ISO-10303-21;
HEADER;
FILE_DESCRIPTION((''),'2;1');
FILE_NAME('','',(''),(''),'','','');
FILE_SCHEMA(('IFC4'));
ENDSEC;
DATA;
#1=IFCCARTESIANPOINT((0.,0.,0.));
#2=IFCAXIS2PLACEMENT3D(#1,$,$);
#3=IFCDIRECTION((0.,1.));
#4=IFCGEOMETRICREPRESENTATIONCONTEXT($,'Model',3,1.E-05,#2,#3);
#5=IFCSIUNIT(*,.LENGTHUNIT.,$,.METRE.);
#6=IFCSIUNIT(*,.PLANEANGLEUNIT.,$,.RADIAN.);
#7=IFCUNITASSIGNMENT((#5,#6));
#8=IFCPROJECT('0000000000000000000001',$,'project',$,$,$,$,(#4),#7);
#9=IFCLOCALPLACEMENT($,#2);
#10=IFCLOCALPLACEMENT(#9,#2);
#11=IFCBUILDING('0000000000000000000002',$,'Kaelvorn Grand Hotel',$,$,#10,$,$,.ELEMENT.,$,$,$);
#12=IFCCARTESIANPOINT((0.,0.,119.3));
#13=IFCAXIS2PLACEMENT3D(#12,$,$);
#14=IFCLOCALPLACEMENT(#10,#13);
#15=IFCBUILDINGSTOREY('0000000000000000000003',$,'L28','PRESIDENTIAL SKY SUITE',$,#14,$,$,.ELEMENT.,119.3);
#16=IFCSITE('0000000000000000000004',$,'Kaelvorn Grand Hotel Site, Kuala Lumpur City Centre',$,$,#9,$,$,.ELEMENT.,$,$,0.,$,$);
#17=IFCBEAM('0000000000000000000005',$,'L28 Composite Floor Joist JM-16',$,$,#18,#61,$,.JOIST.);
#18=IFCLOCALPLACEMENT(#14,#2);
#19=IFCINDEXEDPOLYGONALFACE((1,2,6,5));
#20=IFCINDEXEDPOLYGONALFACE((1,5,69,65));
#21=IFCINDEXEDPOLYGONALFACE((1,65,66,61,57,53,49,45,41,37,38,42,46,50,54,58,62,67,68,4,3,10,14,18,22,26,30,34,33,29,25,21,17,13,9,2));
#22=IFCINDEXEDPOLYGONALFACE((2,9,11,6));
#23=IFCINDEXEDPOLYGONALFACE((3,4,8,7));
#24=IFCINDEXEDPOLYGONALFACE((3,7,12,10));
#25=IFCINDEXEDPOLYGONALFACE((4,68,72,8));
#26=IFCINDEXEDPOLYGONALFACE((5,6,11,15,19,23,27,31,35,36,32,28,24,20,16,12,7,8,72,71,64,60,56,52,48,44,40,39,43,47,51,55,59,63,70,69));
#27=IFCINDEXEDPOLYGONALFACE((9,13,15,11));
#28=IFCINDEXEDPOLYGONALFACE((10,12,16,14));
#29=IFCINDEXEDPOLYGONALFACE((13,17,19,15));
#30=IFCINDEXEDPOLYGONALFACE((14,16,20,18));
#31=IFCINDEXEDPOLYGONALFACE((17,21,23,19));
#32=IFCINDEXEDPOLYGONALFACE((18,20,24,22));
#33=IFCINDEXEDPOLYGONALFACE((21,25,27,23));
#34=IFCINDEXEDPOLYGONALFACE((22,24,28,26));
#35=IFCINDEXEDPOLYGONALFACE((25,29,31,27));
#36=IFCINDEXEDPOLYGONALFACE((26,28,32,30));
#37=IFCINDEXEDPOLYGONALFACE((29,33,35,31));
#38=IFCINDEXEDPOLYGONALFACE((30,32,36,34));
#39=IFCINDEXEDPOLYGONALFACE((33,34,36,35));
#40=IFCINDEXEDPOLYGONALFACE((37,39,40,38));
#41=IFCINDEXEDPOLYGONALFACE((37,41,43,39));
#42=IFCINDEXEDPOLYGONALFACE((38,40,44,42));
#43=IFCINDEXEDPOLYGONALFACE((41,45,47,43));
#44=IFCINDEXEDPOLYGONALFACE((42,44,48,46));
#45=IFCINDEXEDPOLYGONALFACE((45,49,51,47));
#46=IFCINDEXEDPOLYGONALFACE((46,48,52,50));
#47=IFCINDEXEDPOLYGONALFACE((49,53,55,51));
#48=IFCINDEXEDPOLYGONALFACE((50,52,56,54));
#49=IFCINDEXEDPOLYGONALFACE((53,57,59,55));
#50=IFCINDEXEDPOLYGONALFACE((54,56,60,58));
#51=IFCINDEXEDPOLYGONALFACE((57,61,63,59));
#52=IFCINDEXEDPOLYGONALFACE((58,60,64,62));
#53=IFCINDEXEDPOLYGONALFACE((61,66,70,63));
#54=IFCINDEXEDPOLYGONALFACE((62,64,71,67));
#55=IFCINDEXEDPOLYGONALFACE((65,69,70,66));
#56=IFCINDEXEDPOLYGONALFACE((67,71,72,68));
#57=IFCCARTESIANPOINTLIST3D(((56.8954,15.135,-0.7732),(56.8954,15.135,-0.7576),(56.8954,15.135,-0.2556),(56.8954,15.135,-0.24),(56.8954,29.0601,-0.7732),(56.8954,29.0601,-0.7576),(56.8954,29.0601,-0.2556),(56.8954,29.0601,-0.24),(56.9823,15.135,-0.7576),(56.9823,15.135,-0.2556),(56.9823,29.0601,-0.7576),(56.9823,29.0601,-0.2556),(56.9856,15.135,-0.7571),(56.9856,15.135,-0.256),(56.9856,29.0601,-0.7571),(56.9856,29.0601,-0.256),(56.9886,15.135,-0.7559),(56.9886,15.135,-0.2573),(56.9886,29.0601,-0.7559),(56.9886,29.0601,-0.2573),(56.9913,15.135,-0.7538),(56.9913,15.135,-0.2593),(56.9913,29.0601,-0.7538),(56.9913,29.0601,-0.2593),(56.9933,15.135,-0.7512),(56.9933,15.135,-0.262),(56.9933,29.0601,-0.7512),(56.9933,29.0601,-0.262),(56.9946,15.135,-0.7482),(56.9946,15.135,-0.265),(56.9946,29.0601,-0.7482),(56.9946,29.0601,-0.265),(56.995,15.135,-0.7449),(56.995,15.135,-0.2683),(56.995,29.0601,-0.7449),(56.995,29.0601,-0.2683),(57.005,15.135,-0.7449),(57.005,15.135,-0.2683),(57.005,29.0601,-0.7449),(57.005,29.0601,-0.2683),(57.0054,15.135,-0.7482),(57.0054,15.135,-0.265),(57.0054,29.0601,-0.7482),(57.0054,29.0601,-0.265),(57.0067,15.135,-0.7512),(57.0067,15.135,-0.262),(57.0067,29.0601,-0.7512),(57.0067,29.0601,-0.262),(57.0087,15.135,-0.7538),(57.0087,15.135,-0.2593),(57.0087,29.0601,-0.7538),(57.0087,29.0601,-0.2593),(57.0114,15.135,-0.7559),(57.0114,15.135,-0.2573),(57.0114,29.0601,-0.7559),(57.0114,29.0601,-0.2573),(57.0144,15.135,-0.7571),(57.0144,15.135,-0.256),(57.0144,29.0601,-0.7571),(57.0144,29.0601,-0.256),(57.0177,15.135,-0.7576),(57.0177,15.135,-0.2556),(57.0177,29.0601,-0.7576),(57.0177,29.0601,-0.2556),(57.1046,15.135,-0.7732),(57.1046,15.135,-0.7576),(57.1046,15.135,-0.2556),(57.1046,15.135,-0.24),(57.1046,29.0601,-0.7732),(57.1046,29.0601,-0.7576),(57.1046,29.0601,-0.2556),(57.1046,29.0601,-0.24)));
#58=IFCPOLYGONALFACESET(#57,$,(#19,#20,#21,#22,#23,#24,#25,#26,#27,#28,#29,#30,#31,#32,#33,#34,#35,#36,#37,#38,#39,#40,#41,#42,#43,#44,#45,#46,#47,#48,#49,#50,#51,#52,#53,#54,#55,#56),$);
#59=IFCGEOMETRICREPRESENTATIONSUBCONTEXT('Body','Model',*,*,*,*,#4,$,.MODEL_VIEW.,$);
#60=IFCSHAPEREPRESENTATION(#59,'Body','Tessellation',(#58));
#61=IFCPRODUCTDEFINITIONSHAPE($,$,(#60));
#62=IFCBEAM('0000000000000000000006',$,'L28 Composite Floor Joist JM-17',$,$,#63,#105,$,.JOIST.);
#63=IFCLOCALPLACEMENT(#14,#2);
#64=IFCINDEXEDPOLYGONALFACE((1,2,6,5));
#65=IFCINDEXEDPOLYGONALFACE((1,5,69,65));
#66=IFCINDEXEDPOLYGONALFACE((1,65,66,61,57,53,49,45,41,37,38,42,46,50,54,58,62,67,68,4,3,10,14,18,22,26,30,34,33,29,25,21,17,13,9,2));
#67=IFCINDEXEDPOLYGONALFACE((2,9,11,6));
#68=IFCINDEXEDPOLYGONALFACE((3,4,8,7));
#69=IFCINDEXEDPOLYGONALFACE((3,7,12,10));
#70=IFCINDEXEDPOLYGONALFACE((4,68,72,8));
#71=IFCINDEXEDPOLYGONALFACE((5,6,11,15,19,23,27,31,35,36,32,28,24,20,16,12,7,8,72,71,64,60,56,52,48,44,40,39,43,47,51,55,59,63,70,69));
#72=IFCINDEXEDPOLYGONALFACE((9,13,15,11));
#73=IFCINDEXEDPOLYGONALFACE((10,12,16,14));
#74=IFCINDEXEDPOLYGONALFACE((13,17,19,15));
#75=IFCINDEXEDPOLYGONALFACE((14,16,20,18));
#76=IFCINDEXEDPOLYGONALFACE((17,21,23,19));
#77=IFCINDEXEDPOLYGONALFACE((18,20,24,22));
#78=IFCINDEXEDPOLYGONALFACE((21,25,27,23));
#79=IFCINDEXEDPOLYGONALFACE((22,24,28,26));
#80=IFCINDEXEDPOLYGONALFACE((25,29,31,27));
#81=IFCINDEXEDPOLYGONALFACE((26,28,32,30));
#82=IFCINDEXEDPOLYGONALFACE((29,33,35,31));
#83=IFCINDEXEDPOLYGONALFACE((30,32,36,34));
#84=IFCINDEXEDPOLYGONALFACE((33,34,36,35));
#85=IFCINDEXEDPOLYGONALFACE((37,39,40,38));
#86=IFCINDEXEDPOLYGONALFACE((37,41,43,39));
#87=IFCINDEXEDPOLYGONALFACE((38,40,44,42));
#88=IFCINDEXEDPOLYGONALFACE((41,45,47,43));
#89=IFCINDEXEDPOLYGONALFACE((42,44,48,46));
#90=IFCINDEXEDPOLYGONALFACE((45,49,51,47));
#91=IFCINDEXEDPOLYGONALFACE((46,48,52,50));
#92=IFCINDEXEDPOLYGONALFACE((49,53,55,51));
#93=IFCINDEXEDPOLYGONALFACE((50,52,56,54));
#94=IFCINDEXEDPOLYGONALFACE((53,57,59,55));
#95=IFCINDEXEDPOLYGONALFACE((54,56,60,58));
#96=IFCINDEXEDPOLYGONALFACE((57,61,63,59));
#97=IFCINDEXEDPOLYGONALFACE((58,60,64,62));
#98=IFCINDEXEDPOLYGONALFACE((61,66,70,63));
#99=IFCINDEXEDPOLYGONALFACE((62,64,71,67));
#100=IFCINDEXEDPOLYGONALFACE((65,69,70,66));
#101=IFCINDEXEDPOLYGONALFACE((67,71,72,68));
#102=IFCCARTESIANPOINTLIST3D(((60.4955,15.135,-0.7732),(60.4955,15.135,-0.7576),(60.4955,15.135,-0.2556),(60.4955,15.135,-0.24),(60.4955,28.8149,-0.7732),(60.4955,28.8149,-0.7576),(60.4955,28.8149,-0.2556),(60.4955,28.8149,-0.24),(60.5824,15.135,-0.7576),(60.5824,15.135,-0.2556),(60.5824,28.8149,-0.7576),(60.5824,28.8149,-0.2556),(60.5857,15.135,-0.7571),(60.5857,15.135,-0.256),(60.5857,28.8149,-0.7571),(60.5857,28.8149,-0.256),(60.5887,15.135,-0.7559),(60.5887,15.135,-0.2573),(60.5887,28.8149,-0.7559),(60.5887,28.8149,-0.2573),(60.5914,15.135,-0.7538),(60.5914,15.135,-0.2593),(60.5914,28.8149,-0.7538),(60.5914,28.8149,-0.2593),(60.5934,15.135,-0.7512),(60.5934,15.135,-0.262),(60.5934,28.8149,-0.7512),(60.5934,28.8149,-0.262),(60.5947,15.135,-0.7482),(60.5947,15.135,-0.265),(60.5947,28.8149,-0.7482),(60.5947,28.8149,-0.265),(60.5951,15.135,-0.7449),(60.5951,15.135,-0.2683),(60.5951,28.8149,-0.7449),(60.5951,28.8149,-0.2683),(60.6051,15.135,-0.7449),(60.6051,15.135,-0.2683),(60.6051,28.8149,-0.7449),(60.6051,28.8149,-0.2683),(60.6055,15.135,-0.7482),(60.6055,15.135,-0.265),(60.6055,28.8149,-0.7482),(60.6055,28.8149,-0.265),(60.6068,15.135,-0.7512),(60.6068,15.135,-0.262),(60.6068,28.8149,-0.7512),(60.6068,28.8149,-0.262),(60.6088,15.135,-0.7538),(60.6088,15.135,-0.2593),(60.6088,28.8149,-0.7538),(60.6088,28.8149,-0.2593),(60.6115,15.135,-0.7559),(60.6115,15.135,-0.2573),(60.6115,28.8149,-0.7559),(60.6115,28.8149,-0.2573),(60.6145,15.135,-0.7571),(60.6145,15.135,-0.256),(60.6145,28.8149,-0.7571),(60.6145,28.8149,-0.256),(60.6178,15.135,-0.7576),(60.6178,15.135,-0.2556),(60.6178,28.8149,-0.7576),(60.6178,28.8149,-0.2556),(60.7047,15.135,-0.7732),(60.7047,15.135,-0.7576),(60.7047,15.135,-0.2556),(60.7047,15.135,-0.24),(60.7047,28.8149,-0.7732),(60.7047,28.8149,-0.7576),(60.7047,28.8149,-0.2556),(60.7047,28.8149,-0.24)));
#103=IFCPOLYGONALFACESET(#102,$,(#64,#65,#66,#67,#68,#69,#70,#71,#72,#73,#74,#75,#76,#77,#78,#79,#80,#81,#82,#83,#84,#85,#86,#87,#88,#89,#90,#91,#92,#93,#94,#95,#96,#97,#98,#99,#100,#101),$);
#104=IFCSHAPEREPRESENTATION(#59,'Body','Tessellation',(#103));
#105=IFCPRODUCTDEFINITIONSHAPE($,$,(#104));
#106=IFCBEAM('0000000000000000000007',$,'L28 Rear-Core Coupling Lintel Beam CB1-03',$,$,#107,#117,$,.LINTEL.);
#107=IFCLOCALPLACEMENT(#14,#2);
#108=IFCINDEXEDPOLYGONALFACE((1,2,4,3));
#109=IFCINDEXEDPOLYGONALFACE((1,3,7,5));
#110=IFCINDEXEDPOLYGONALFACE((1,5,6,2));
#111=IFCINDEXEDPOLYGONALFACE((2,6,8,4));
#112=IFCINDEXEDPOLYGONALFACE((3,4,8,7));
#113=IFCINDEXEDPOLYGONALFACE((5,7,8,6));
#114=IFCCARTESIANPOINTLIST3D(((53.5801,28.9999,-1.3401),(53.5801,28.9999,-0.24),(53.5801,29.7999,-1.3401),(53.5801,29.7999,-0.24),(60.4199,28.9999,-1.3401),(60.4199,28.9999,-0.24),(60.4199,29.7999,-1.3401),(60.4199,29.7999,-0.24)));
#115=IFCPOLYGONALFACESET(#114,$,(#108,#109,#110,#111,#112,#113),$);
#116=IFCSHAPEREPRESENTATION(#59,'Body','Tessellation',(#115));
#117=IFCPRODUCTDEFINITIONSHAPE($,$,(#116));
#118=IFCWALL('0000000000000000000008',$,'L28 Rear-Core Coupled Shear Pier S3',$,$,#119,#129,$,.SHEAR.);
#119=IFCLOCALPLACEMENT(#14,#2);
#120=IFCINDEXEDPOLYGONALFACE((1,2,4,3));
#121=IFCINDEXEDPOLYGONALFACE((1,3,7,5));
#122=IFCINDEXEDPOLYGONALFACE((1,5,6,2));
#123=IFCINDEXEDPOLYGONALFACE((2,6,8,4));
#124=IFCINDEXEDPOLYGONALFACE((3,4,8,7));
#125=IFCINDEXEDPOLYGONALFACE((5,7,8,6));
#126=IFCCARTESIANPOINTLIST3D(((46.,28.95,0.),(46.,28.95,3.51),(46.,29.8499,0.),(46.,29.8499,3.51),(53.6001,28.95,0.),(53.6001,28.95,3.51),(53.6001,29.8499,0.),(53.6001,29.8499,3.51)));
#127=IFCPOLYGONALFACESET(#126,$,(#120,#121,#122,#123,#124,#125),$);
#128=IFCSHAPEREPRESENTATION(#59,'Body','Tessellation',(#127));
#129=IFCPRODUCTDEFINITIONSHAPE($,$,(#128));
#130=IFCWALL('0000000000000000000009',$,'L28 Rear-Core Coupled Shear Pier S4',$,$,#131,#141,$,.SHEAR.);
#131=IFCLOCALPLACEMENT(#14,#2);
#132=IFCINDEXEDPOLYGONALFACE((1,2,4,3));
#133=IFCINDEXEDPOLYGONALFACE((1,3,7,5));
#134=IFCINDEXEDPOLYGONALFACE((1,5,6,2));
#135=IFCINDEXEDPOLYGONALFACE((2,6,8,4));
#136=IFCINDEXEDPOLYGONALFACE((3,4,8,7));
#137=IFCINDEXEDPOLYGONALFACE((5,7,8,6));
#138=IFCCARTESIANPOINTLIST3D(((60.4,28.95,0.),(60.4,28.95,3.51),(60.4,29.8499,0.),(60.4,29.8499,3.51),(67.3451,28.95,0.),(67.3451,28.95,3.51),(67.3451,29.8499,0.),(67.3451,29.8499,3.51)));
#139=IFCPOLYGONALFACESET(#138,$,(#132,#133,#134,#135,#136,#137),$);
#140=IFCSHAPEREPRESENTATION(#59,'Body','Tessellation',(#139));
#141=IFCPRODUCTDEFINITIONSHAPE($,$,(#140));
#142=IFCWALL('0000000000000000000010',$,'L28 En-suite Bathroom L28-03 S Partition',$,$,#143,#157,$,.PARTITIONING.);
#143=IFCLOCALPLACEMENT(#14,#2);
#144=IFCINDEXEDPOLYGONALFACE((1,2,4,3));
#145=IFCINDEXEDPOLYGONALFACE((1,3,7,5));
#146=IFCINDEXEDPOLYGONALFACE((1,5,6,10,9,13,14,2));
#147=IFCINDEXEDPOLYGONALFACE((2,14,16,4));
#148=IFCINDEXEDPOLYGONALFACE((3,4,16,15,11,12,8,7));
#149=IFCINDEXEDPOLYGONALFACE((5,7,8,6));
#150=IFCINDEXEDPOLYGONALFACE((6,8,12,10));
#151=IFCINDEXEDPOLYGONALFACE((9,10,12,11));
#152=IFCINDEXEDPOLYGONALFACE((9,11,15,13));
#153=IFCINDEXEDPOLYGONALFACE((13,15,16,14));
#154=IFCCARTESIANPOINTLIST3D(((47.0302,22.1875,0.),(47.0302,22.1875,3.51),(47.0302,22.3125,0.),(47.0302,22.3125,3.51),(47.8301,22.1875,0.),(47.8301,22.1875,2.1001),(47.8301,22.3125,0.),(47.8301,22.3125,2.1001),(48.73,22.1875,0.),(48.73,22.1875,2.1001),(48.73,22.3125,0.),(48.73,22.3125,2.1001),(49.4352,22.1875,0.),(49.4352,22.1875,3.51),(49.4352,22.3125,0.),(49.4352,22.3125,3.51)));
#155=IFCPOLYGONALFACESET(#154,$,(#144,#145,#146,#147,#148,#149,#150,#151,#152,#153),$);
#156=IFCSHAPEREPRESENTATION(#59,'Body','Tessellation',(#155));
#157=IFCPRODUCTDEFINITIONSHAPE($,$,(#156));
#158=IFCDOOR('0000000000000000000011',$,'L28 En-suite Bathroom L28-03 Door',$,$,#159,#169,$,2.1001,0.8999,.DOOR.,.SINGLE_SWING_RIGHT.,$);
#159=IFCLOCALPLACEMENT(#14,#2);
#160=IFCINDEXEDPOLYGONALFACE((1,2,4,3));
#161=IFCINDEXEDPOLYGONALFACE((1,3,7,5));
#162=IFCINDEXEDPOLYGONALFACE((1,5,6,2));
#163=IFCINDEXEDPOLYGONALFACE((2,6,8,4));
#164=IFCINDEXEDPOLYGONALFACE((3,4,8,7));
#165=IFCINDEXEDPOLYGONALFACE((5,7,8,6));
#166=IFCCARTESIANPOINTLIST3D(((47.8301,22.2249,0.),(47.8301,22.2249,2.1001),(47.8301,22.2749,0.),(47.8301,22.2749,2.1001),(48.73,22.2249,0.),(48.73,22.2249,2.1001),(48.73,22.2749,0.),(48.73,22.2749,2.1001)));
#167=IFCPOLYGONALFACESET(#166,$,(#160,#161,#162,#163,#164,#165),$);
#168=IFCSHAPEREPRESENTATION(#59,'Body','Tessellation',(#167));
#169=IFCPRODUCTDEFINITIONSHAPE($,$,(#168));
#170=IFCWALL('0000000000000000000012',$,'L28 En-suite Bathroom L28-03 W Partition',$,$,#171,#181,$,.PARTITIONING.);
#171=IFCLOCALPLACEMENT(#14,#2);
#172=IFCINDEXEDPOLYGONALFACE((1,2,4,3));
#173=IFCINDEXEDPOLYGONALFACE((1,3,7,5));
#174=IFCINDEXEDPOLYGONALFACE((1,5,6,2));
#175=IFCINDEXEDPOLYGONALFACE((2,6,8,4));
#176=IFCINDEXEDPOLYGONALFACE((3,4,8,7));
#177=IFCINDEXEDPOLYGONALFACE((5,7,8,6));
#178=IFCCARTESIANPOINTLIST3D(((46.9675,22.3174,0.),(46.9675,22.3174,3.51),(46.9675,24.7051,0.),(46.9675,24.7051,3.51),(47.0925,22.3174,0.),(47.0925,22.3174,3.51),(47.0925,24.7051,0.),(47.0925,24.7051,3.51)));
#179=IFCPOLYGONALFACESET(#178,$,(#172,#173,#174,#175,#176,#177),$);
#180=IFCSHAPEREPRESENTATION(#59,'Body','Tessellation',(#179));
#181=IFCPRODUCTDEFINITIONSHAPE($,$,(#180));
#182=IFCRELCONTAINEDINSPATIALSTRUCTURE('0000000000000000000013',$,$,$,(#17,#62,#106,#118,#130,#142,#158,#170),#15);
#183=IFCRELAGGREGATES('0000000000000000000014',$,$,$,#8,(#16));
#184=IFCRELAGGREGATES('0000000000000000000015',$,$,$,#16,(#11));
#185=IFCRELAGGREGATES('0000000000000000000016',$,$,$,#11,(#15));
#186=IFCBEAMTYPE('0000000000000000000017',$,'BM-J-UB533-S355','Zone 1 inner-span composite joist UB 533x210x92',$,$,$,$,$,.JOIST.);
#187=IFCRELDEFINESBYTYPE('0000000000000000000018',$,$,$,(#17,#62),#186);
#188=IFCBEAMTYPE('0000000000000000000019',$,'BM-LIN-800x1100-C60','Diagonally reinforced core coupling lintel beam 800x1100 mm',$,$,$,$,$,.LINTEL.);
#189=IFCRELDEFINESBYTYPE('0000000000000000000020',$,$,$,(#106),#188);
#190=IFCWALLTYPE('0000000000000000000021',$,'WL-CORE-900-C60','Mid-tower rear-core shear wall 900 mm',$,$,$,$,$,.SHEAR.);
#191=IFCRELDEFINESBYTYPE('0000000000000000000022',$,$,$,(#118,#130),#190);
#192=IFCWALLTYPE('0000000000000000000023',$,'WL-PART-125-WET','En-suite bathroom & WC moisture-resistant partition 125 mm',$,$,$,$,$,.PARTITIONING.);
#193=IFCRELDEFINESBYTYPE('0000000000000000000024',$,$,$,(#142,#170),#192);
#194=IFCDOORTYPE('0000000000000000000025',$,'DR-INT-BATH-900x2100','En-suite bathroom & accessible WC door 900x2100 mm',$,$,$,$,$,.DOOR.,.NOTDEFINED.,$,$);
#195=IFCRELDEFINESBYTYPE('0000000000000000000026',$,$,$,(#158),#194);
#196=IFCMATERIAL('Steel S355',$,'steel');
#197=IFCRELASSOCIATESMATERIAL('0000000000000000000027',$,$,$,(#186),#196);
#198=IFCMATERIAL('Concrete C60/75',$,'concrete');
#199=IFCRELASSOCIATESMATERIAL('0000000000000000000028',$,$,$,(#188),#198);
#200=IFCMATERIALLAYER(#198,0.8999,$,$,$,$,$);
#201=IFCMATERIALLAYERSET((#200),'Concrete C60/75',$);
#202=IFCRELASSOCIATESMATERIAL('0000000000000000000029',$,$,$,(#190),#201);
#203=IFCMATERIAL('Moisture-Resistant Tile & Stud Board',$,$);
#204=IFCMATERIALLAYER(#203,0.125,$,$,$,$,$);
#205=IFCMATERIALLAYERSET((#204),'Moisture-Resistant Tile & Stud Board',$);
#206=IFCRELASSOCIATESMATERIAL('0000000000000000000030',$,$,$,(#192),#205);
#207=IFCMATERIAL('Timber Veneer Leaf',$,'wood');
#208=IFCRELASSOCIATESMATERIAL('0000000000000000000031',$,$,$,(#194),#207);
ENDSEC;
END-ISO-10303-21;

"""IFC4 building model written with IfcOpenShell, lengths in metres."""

from ifc_helpers import new_model, si_unit, direction, frame, frame_2d, origin, origin_2d, place, context, subcontext, project, spatial, rectangle, i_section, extrude, material, layer, layer_set, material_profile, profile_set, type_object, element, fill, save


model = new_model("IFC4")

# Units and contexts
model_context = context("Model", 3, precision=1e-05, world=origin(), true_north=direction((0.0, 1.0)))
body_context = subcontext(model_context, "Body", "Model", "MODEL_VIEW")
ifc_project = project(units=[si_unit("LENGTHUNIT", "METRE"), si_unit("PLANEANGLEUNIT", "RADIAN")], contexts=[model_context])

# Site, building, storey
site_placement = place(None, origin())
site = spatial("IfcSite", under=ifc_project, at=site_placement, Name="Kaelvorn Grand Hotel Site, Kuala Lumpur City Centre", CompositionType="ELEMENT", RefElevation=0.0)
building_placement = place(site_placement, origin())
building = spatial("IfcBuilding", under=site, at=building_placement, Name="Kaelvorn Grand Hotel", CompositionType="ELEMENT")
storey_placement = place(building_placement, frame((0.0, 0.0, 119.3)))
storey = spatial("IfcBuildingStorey", under=building, at=storey_placement, Name="L28", Description="PRESIDENTIAL SKY SUITE", CompositionType="ELEMENT", Elevation=119.3)

# Shared definitions
ifc_material_1 = material(Name="Concrete C60/75", Category="concrete")

# Beams
ifc_material_2 = material(Name="Steel S355", Category="steel")
ifc_material_profile_1 = material_profile(ifc_material_2, i_section(OverallWidth=0.2092, OverallDepth=0.5332, WebThickness=0.01, FlangeThickness=0.0156, FilletRadius=0.0127, at=origin_2d()), Name="UB 533x210x92")
ifc_profile_set_1 = profile_set([ifc_material_profile_1], Name="Steel S355")
beam_type_1 = type_object("IfcBeamType", Name="BM-J-UB533-S355", Description="Zone 1 inner-span composite joist UB 533x210x92", PredefinedType="JOIST", material=ifc_profile_set_1)
beam_1_placement = place(storey_placement, frame((57.0, 15.135, -0.5066), z_axis=(0.0, 1.0, 0.0), x_axis=(-1.0, 0.0, 0.0)))
element("IfcBeam", 1, at=beam_1_placement, inside=storey, type_object=beam_type_1, Name="L28 Composite Floor Joist JM-16", PredefinedType="JOIST", context=body_context, shape_type="SweptSolid", body=[
    extrude(i_section(OverallWidth=0.2092, OverallDepth=0.5332, WebThickness=0.01, FlangeThickness=0.0156, FilletRadius=0.0127, at=origin_2d()), origin(), (0.0, 0.0, 1.0), 13.925),
])
beam_2_placement = place(storey_placement, frame((60.6001, 15.135, -0.5066), z_axis=(0.0, 1.0, 0.0), x_axis=(-1.0, 0.0, 0.0)))
element("IfcBeam", 2, at=beam_2_placement, inside=storey, type_object=beam_type_1, Name="L28 Composite Floor Joist JM-17", PredefinedType="JOIST", context=body_context, shape_type="SweptSolid", body=[
    extrude(i_section(OverallWidth=0.2092, OverallDepth=0.5332, WebThickness=0.01, FlangeThickness=0.0156, FilletRadius=0.0127, at=origin_2d()), origin(), (0.0, 0.0, 1.0), 13.6799),
])
ifc_material_profile_2 = material_profile(ifc_material_1, rectangle(XDim=0.8, YDim=1.1001, at=origin_2d()), Name="RC LINTEL 800x1100")
ifc_profile_set_2 = profile_set([ifc_material_profile_2], Name="Concrete C60/75")
beam_type_2 = type_object("IfcBeamType", Name="BM-LIN-800x1100-C60", Description="Diagonally reinforced core coupling lintel beam 800x1100 mm", PredefinedType="LINTEL", material=ifc_profile_set_2)
beam_3_placement = place(storey_placement, frame((53.5801, 29.3999, -0.79), z_axis=(1.0, 0.0, 0.0), x_axis=(0.0, 1.0, 0.0)))
element("IfcBeam", 3, at=beam_3_placement, inside=storey, type_object=beam_type_2, Name="L28 Rear-Core Coupling Lintel Beam CB1-03", PredefinedType="LINTEL", context=body_context, shape_type="SweptSolid", body=[
    extrude(rectangle(XDim=0.8, YDim=1.1001, at=origin_2d()), origin(), (0.0, 0.0, 1.0), 6.8398),
])

# Walls
ifc_layer_1 = layer(ifc_material_1, 0.8999)
ifc_layer_set_1 = layer_set([ifc_layer_1], Name="Concrete C60/75")
wall_type_1 = type_object("IfcWallType", Name="WL-CORE-900-C60", Description="Mid-tower rear-core shear wall 900 mm", PredefinedType="SHEAR", material=ifc_layer_set_1)
wall_1_placement = place(storey_placement, frame((46.0, 29.3999, 0.0), z_axis=(0.0, 0.0, 1.0), x_axis=(1.0, 0.0, 0.0)))
element("IfcWall", 4, at=wall_1_placement, inside=storey, type_object=wall_type_1, Name="L28 Rear-Core Coupled Shear Pier S3", PredefinedType="SHEAR", context=body_context, shape_type="SweptSolid", body=[
    extrude(rectangle(XDim=7.6001, YDim=0.8999, at=frame_2d((3.8, 0.0))), origin(), (0.0, 0.0, 1.0), 3.51),
])
wall_2_placement = place(storey_placement, frame((60.3999, 29.3999, 0.0), z_axis=(0.0, 0.0, 1.0), x_axis=(1.0, 0.0, 0.0)))
element("IfcWall", 5, at=wall_2_placement, inside=storey, type_object=wall_type_1, Name="L28 Rear-Core Coupled Shear Pier S4", PredefinedType="SHEAR", context=body_context, shape_type="SweptSolid", body=[
    extrude(rectangle(XDim=6.9451, YDim=0.8999, at=frame_2d((3.4727, 0.0))), origin(), (0.0, 0.0, 1.0), 3.51),
])

# Wall, opening, door
ifc_material_3 = material(Name="Moisture-Resistant Tile & Stud Board")
ifc_layer_2 = layer(ifc_material_3, 0.125)
ifc_layer_set_2 = layer_set([ifc_layer_2], Name="Moisture-Resistant Tile & Stud Board")
wall_type_2 = type_object("IfcWallType", Name="WL-PART-125-WET", Description="En-suite bathroom & WC moisture-resistant partition 125 mm", PredefinedType="PARTITIONING", material=ifc_layer_set_2)
wall_3_placement = place(storey_placement, frame((47.03, 22.25, 0.0), z_axis=(0.0, 0.0, 1.0), x_axis=(1.0, 0.0, 0.0)))
wall_3 = element("IfcWall", 6, at=wall_3_placement, inside=storey, type_object=wall_type_2, Name="L28 En-suite Bathroom L28-03 S Partition", PredefinedType="PARTITIONING", context=body_context, shape_type="SweptSolid", body=[
    extrude(rectangle(XDim=2.405, YDim=0.125, at=frame_2d((1.2026, 0.0))), origin(), (0.0, 0.0, 1.0), 3.51),
])
opening_1_placement = place(wall_3_placement, frame((0.8, 0.0, 0.0)))
opening_1 = element("IfcOpeningElement", 7, at=opening_1_placement, cuts=wall_3, PredefinedType="OPENING", context=body_context, shape_type="SweptSolid", body=[
    extrude(rectangle(XDim=0.8999, YDim=2.1001, at=frame_2d((0.45, 1.05))), frame((0.0, 0.0725, 0.0), z_axis=(0.0, -1.0, 0.0), x_axis=(1.0, 0.0, 0.0)), (0.0, 0.0, 1.0), 0.145),
])
ifc_material_4 = material(Name="Timber Veneer Leaf", Category="wood")
door_type_1 = type_object("IfcDoorType", Name="DR-INT-BATH-900x2100", Description="En-suite bathroom & accessible WC door 900x2100 mm", OperationType="NOTDEFINED", PredefinedType="DOOR", material=ifc_material_4)
door_1_placement = place(opening_1_placement, origin())
door_1 = element("IfcDoor", 8, at=door_1_placement, inside=storey, type_object=door_type_1, Name="L28 En-suite Bathroom L28-03 Door", OperationType="SINGLE_SWING_RIGHT", OverallHeight=2.1001, OverallWidth=0.8999, PredefinedType="DOOR", context=body_context, shape_type="SweptSolid", body=[
    extrude(rectangle(XDim=0.8999, YDim=2.1001, at=frame_2d((0.45, 1.05))), frame((0.0, 0.0249, 0.0), z_axis=(0.0, -1.0, 0.0), x_axis=(1.0, 0.0, 0.0)), (0.0, 0.0, 1.0), 0.05),
])
fill(opening_1, door_1)

# Wall
wall_4_placement = place(storey_placement, frame((47.03, 22.3174, 0.0), z_axis=(0.0, 0.0, 1.0), x_axis=(0.0, 1.0, 0.0)))
element("IfcWall", 9, at=wall_4_placement, inside=storey, type_object=wall_type_2, Name="L28 En-suite Bathroom L28-03 W Partition", PredefinedType="PARTITIONING", context=body_context, shape_type="SweptSolid", body=[
    extrude(rectangle(XDim=2.3877, YDim=0.125, at=frame_2d((1.1938, 0.0))), origin(), (0.0, 0.0, 1.0), 3.51),
])

save(model, "model.ifc")
